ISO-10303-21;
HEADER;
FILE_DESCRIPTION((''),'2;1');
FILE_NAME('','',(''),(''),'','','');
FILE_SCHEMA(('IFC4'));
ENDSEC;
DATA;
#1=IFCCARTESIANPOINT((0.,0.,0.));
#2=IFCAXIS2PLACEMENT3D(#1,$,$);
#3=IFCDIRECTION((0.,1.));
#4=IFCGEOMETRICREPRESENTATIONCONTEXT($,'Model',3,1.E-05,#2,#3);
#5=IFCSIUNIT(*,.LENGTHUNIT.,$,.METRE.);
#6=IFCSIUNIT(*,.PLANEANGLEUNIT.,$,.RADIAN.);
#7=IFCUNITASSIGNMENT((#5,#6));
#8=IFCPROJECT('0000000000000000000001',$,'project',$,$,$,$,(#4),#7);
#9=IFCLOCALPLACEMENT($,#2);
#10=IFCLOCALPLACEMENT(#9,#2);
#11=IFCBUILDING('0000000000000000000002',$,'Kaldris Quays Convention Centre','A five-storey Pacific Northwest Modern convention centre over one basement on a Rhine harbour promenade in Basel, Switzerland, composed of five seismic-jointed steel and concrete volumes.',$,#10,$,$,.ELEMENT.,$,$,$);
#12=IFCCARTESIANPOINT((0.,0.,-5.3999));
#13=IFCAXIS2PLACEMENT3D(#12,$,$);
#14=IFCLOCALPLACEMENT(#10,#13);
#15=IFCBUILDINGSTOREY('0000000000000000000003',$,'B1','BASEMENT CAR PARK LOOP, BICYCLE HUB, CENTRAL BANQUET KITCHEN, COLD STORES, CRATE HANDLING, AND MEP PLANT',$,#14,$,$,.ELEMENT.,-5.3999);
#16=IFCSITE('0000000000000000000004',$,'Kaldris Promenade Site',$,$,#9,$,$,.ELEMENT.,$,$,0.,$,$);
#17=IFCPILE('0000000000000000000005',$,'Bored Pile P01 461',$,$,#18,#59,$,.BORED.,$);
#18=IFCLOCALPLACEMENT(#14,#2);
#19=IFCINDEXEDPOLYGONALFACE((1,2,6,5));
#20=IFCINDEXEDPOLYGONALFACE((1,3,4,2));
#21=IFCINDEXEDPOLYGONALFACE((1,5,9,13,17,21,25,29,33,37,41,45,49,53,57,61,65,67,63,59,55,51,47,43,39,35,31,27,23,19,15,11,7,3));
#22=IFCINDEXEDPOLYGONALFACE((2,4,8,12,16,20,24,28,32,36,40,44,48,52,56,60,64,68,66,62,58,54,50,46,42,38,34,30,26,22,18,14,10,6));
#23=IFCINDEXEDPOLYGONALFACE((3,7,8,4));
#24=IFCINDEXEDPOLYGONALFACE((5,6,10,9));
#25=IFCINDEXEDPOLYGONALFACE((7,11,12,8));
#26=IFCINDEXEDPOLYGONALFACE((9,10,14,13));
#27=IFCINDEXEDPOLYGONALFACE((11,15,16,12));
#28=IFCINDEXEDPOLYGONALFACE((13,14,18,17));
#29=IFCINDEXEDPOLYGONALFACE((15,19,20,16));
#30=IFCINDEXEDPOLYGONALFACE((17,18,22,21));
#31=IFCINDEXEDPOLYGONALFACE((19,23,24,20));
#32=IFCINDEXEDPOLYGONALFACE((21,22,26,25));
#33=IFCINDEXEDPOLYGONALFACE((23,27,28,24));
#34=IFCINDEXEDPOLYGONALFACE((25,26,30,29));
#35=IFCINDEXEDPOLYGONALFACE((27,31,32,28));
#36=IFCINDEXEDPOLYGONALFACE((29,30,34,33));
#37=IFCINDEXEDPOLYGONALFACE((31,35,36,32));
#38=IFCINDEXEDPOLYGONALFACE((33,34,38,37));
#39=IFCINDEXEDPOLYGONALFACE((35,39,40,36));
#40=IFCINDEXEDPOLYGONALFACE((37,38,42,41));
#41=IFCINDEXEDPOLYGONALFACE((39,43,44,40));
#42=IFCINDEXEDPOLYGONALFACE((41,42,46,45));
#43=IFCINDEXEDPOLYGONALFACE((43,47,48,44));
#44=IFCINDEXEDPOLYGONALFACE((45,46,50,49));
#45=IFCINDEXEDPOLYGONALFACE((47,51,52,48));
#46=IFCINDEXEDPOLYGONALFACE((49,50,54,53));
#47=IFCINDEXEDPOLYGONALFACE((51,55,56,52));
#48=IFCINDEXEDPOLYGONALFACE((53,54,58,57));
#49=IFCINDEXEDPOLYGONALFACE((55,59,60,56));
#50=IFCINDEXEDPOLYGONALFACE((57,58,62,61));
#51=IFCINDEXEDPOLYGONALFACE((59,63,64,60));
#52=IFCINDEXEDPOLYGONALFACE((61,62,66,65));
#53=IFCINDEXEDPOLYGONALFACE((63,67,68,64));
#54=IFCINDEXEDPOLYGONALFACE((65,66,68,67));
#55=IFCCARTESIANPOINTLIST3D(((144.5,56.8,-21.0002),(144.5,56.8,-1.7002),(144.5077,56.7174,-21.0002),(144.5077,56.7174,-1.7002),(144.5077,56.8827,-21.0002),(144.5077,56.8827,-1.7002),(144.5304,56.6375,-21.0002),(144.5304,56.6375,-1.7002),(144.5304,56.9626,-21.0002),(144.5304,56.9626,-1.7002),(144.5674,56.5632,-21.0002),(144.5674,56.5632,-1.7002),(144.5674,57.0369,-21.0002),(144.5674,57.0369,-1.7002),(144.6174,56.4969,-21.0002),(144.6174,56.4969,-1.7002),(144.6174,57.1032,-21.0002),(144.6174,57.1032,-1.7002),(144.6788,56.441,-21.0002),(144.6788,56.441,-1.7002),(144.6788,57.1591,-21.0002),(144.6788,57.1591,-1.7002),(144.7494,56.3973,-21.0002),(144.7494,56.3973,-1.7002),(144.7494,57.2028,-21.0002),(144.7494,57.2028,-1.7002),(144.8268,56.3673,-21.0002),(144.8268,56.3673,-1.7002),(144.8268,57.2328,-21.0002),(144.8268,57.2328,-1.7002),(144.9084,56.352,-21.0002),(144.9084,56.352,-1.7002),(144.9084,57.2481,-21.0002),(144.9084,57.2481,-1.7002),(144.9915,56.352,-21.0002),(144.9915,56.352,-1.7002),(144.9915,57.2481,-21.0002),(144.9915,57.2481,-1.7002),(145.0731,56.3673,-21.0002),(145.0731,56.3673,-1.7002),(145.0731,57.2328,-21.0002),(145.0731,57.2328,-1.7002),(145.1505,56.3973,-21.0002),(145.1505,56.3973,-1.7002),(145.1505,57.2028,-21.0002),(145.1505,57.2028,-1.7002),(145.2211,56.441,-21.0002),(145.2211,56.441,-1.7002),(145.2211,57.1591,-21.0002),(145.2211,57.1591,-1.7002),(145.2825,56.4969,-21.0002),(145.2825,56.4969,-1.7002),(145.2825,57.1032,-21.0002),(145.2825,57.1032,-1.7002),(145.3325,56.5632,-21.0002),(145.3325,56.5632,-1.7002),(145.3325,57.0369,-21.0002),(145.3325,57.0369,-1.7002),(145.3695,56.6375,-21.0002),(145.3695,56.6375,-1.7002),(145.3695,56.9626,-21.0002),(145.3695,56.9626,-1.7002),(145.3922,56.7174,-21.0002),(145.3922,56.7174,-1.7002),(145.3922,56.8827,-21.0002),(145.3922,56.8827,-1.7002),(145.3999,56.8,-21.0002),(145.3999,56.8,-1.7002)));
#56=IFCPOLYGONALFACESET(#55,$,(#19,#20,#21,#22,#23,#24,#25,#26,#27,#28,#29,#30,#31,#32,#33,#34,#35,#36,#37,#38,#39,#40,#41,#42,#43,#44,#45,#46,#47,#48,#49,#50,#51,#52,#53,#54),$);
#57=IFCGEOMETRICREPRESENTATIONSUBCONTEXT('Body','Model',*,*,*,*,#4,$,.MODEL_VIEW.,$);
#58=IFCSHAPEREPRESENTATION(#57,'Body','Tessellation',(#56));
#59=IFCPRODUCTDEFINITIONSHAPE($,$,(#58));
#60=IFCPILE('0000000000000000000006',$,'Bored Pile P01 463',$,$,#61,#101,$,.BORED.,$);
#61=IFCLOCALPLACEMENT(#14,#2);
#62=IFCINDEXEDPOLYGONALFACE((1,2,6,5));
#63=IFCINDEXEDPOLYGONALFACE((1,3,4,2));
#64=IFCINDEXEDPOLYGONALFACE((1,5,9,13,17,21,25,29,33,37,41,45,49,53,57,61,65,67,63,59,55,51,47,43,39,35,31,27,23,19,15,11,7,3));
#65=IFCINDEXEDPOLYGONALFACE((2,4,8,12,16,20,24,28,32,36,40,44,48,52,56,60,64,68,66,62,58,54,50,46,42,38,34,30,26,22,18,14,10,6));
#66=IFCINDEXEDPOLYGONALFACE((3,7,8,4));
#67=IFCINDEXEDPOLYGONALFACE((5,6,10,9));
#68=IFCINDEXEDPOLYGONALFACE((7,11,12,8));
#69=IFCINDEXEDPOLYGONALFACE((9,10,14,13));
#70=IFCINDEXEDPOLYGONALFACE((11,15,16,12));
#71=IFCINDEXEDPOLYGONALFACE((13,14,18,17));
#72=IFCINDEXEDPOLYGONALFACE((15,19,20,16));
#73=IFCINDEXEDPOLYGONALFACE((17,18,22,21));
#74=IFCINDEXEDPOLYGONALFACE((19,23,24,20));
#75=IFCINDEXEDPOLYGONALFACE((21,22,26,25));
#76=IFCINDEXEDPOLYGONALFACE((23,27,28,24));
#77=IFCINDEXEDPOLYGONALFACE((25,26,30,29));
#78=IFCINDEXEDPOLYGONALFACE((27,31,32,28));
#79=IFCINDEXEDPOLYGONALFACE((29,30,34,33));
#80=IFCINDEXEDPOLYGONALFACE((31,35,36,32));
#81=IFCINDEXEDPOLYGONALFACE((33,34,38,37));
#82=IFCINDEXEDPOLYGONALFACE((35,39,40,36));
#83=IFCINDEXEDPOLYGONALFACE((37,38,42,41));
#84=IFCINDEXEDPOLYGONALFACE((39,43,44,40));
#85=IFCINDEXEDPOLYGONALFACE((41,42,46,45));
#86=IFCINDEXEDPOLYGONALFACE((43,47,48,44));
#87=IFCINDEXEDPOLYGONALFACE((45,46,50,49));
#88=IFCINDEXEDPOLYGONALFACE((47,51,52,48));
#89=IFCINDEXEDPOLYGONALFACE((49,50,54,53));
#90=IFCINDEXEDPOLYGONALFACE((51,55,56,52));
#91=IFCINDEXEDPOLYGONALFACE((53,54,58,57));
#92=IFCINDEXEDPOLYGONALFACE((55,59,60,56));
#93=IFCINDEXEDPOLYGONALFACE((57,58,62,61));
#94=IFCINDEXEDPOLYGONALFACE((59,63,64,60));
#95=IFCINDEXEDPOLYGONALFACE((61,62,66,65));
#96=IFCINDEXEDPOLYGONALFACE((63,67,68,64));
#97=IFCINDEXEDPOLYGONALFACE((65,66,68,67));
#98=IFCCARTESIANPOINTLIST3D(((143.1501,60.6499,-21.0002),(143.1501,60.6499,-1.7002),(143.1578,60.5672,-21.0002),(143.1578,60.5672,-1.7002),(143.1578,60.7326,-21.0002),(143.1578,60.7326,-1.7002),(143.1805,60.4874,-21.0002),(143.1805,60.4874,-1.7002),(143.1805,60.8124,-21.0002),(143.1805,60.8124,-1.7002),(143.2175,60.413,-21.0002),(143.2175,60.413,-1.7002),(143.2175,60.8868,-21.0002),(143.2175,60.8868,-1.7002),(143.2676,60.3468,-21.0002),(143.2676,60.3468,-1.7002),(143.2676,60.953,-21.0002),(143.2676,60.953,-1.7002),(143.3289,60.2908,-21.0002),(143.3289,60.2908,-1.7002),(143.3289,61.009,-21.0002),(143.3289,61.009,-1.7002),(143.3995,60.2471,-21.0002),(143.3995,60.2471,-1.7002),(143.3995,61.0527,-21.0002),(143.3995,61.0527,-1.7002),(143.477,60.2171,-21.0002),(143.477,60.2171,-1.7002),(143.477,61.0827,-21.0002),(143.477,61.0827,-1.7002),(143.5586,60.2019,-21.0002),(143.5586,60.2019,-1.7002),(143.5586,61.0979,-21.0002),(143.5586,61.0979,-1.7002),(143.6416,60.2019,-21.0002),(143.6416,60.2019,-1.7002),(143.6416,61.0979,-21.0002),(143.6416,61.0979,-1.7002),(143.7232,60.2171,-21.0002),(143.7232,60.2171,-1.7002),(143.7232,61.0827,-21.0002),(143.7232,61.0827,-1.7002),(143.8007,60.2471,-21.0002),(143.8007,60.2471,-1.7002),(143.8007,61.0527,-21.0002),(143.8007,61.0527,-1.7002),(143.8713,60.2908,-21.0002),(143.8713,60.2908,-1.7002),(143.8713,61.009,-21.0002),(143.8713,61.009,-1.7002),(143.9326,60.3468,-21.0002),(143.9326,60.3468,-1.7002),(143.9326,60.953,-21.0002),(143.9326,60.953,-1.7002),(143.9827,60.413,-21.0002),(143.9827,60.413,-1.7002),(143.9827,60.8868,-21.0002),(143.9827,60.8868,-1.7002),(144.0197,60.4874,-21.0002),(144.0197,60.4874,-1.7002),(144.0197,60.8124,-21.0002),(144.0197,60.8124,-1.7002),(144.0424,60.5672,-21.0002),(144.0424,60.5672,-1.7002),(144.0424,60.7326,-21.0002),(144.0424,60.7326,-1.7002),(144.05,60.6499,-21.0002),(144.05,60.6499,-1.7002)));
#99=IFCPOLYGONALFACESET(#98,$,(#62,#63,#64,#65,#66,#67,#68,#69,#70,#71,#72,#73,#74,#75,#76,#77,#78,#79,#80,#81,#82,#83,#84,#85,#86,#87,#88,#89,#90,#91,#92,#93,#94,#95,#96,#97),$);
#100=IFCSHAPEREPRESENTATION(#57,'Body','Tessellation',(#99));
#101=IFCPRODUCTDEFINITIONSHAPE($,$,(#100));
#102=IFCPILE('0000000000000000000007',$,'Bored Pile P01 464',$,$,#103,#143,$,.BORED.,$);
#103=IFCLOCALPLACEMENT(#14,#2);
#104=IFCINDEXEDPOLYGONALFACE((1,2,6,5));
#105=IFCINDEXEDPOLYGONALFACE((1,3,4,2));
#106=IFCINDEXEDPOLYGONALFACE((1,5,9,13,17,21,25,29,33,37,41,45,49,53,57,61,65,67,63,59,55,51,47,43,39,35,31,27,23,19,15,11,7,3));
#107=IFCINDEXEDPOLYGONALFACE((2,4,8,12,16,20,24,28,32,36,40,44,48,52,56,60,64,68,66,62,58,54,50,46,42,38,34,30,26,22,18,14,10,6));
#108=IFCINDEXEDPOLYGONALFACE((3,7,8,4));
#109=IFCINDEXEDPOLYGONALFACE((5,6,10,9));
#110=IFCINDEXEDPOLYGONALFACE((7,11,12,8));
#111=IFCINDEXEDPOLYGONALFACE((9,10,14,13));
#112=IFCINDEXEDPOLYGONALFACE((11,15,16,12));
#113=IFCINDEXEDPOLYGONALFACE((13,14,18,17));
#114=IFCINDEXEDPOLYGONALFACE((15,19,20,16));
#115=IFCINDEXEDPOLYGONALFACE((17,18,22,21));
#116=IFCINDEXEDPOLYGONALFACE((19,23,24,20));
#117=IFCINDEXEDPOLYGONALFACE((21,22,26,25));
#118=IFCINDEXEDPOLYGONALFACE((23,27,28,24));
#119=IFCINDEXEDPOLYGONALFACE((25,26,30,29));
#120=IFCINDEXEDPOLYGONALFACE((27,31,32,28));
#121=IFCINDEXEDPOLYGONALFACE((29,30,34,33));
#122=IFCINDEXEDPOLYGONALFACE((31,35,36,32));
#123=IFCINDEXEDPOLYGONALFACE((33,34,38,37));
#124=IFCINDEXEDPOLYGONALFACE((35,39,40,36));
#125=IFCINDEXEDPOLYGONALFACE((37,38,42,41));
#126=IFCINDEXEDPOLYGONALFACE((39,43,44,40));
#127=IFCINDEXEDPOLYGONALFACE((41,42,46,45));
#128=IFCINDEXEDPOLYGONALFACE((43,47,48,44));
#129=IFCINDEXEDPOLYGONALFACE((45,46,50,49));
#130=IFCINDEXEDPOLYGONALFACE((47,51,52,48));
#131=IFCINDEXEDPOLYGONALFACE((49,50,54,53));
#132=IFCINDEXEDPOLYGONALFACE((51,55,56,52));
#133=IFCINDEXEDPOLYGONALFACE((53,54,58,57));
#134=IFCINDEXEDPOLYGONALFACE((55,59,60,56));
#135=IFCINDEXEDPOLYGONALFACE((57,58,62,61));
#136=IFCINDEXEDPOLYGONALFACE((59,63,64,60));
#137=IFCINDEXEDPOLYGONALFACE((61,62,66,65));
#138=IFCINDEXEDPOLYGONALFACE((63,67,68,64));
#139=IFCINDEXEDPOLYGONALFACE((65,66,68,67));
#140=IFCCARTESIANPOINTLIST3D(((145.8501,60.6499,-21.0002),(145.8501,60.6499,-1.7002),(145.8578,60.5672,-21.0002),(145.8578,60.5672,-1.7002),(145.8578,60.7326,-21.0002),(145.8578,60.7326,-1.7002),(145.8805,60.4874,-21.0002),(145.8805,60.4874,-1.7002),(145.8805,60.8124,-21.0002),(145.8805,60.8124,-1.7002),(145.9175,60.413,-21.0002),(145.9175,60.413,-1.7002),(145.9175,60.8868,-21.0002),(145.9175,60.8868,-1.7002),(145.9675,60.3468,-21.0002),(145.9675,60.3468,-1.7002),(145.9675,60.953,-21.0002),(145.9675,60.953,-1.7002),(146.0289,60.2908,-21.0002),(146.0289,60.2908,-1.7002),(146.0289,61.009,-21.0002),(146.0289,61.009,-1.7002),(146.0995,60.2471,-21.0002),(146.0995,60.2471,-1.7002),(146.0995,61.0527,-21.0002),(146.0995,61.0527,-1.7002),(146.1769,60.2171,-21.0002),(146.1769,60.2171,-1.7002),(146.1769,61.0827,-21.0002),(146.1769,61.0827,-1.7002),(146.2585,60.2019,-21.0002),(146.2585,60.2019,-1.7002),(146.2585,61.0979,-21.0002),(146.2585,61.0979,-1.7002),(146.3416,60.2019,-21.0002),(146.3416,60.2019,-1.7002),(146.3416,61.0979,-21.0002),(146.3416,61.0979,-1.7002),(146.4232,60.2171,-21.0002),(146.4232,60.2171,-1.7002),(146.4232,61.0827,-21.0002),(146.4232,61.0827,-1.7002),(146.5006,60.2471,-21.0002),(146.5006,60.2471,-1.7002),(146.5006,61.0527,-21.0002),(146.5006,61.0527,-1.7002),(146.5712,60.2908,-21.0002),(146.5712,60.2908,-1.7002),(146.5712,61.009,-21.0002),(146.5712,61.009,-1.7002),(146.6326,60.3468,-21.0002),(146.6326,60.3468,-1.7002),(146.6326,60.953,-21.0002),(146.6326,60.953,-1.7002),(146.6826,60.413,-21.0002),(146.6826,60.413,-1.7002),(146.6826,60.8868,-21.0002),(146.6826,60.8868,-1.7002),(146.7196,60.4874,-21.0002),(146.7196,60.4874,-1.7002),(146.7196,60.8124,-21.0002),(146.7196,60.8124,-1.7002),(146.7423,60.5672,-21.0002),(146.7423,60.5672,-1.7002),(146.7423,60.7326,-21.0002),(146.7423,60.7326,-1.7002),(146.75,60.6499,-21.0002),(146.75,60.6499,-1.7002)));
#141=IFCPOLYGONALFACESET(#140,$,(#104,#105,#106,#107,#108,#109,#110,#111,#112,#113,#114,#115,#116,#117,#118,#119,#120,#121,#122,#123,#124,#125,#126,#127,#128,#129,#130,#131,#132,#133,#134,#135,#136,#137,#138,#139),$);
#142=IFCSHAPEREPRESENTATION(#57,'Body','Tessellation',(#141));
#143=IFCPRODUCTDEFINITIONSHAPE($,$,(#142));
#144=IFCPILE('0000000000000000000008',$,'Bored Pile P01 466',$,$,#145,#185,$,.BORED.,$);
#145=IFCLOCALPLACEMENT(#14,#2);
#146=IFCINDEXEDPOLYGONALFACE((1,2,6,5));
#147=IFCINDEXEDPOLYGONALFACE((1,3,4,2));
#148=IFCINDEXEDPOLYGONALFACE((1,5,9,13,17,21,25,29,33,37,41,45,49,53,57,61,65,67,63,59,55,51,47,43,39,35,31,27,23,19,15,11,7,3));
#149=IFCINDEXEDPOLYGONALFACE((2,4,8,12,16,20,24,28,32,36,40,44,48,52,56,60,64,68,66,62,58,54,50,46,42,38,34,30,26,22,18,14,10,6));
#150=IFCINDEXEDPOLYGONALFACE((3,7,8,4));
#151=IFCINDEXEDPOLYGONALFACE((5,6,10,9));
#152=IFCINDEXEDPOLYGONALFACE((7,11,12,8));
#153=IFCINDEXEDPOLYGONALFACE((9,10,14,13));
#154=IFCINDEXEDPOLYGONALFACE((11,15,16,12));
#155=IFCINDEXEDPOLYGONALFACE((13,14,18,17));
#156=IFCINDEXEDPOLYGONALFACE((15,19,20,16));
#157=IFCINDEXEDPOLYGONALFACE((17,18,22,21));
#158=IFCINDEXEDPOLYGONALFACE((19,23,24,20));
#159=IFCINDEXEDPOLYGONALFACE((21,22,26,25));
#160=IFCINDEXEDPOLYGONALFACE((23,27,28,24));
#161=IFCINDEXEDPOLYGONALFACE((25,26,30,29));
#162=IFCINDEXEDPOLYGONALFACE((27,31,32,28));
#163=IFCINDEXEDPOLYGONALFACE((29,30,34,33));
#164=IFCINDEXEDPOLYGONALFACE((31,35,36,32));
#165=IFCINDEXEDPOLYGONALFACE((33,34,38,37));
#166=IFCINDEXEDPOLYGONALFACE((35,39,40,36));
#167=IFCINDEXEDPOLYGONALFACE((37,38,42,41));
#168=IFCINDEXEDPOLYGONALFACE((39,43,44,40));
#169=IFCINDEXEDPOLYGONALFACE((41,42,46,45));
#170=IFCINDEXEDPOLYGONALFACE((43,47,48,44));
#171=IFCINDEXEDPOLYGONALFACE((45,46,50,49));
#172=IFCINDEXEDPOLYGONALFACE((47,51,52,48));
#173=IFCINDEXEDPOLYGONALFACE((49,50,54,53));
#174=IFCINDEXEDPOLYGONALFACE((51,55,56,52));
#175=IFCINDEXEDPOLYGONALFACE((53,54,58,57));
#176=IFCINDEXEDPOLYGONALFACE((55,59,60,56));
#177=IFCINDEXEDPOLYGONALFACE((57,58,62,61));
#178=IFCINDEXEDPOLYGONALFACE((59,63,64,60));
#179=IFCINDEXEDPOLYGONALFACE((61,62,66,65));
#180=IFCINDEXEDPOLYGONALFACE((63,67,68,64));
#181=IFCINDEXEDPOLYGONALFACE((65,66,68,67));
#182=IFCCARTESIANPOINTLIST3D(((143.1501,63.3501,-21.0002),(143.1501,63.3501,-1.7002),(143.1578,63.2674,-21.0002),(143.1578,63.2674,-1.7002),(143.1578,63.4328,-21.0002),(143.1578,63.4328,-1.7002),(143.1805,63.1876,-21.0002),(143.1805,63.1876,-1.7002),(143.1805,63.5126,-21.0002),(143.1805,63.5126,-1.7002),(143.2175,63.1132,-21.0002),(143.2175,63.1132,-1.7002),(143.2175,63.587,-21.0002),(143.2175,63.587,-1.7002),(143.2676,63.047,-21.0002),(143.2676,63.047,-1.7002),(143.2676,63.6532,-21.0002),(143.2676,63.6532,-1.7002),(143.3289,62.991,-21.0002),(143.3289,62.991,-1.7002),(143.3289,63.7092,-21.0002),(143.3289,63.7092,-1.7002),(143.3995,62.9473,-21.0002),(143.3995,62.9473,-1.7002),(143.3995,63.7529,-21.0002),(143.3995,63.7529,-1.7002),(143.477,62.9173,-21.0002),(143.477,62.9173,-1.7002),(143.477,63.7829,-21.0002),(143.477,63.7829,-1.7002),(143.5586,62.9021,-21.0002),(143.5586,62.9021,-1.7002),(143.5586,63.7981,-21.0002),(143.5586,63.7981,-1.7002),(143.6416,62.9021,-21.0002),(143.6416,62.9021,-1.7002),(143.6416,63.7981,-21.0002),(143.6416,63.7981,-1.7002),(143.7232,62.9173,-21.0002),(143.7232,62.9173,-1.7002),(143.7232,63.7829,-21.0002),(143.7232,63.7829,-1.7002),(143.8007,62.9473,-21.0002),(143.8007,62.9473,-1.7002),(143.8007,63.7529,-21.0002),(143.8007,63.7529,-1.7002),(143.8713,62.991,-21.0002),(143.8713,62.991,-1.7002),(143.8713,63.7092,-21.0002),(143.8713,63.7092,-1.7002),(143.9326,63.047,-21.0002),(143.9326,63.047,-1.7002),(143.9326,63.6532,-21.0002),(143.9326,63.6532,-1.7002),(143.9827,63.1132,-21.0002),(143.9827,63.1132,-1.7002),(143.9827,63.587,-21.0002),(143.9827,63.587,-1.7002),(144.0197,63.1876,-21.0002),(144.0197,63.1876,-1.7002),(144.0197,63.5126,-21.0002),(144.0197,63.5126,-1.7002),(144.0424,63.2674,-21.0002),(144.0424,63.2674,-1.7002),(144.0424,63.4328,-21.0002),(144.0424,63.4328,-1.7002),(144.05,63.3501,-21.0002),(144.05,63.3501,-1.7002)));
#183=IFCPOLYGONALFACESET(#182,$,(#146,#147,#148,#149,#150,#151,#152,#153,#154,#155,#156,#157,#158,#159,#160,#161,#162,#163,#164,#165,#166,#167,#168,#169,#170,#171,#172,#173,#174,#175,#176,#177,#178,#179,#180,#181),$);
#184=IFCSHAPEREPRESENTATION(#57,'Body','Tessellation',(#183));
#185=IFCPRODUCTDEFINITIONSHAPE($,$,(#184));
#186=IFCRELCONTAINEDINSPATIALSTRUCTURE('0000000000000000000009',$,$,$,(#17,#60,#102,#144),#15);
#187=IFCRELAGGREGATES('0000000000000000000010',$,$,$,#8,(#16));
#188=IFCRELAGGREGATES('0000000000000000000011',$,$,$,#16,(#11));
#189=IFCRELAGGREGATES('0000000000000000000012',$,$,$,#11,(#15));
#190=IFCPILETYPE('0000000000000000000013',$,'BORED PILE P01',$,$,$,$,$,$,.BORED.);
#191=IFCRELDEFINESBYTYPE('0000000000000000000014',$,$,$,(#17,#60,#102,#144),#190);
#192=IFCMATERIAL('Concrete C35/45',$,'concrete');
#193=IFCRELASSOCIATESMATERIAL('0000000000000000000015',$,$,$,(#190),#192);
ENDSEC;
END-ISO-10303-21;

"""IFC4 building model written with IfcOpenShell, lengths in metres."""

from ifc_helpers import new_model, si_unit, direction, frame, origin, origin_2d, place, context, subcontext, project, spatial, circle, extrude, material, material_profile, profile_set, type_object, element, save


model = new_model("IFC4")

# Units and contexts
model_context = context("Model", 3, precision=1e-05, world=origin(), true_north=direction((0.0, 1.0)))
body_context = subcontext(model_context, "Body", "Model", "MODEL_VIEW")
ifc_project = project(units=[si_unit("LENGTHUNIT", "METRE"), si_unit("PLANEANGLEUNIT", "RADIAN")], contexts=[model_context])

# Site, building, storey
site_placement = place(None, origin())
site = spatial("IfcSite", under=ifc_project, at=site_placement, Name="Kaldris Promenade Site", CompositionType="ELEMENT", RefElevation=0.0)
building_placement = place(site_placement, origin())
building = spatial("IfcBuilding", under=site, at=building_placement, Name="Kaldris Quays Convention Centre", Description="A five-storey Pacific Northwest Modern convention centre over one basement on a Rhine harbour promenade in Basel, Switzerland, composed of five seismic-jointed steel and concrete volumes.", CompositionType="ELEMENT")
storey_placement = place(building_placement, frame((0.0, 0.0, -5.3999)))
storey = spatial("IfcBuildingStorey", under=building, at=storey_placement, Name="B1", Description="BASEMENT CAR PARK LOOP, BICYCLE HUB, CENTRAL BANQUET KITCHEN, COLD STORES, CRATE HANDLING, AND MEP PLANT", CompositionType="ELEMENT", Elevation=-5.3999)

# Piles
ifc_material_1 = material(Name="Concrete C35/45", Category="concrete")
ifc_material_profile_1 = material_profile(ifc_material_1, circle(Radius=0.45, at=origin_2d()), Name="BORED PILE D900")
ifc_profile_set_1 = profile_set([ifc_material_profile_1], Name="Concrete C35/45")
pile_type_1 = type_object("IfcPileType", Name="BORED PILE P01", PredefinedType="BORED", material=ifc_profile_set_1)
for number, where, z_axis, x_axis, name in (
    (1, (144.95, 56.8, -1.7002), (0.0, 0.0, -1.0), (1.0, 0.0, 0.0), "Bored Pile P01 461"),
    (2, (143.6001, 60.6499, -1.7002), (0.0, 0.0, -1.0), (1.0, 0.0, 0.0), "Bored Pile P01 463"),
    (3, (146.3, 60.6499, -1.7002), (0.0, 0.0, -1.0), (1.0, 0.0, 0.0), "Bored Pile P01 464"),
    (4, (143.6001, 63.3501, -1.7002), (0.0, 0.0, -1.0), (1.0, 0.0, 0.0), "Bored Pile P01 466"),
):
    element("IfcPile", number, at=place(storey_placement, frame(where, z_axis=z_axis, x_axis=x_axis)), inside=storey, type_object=pile_type_1, Name=name, PredefinedType="BORED", context=body_context, shape_type="SweptSolid", body=[
        extrude(circle(Radius=0.45, at=origin_2d()), origin(), (0.0, 0.0, 1.0), 19.3),
    ])

save(model, "model.ifc")
